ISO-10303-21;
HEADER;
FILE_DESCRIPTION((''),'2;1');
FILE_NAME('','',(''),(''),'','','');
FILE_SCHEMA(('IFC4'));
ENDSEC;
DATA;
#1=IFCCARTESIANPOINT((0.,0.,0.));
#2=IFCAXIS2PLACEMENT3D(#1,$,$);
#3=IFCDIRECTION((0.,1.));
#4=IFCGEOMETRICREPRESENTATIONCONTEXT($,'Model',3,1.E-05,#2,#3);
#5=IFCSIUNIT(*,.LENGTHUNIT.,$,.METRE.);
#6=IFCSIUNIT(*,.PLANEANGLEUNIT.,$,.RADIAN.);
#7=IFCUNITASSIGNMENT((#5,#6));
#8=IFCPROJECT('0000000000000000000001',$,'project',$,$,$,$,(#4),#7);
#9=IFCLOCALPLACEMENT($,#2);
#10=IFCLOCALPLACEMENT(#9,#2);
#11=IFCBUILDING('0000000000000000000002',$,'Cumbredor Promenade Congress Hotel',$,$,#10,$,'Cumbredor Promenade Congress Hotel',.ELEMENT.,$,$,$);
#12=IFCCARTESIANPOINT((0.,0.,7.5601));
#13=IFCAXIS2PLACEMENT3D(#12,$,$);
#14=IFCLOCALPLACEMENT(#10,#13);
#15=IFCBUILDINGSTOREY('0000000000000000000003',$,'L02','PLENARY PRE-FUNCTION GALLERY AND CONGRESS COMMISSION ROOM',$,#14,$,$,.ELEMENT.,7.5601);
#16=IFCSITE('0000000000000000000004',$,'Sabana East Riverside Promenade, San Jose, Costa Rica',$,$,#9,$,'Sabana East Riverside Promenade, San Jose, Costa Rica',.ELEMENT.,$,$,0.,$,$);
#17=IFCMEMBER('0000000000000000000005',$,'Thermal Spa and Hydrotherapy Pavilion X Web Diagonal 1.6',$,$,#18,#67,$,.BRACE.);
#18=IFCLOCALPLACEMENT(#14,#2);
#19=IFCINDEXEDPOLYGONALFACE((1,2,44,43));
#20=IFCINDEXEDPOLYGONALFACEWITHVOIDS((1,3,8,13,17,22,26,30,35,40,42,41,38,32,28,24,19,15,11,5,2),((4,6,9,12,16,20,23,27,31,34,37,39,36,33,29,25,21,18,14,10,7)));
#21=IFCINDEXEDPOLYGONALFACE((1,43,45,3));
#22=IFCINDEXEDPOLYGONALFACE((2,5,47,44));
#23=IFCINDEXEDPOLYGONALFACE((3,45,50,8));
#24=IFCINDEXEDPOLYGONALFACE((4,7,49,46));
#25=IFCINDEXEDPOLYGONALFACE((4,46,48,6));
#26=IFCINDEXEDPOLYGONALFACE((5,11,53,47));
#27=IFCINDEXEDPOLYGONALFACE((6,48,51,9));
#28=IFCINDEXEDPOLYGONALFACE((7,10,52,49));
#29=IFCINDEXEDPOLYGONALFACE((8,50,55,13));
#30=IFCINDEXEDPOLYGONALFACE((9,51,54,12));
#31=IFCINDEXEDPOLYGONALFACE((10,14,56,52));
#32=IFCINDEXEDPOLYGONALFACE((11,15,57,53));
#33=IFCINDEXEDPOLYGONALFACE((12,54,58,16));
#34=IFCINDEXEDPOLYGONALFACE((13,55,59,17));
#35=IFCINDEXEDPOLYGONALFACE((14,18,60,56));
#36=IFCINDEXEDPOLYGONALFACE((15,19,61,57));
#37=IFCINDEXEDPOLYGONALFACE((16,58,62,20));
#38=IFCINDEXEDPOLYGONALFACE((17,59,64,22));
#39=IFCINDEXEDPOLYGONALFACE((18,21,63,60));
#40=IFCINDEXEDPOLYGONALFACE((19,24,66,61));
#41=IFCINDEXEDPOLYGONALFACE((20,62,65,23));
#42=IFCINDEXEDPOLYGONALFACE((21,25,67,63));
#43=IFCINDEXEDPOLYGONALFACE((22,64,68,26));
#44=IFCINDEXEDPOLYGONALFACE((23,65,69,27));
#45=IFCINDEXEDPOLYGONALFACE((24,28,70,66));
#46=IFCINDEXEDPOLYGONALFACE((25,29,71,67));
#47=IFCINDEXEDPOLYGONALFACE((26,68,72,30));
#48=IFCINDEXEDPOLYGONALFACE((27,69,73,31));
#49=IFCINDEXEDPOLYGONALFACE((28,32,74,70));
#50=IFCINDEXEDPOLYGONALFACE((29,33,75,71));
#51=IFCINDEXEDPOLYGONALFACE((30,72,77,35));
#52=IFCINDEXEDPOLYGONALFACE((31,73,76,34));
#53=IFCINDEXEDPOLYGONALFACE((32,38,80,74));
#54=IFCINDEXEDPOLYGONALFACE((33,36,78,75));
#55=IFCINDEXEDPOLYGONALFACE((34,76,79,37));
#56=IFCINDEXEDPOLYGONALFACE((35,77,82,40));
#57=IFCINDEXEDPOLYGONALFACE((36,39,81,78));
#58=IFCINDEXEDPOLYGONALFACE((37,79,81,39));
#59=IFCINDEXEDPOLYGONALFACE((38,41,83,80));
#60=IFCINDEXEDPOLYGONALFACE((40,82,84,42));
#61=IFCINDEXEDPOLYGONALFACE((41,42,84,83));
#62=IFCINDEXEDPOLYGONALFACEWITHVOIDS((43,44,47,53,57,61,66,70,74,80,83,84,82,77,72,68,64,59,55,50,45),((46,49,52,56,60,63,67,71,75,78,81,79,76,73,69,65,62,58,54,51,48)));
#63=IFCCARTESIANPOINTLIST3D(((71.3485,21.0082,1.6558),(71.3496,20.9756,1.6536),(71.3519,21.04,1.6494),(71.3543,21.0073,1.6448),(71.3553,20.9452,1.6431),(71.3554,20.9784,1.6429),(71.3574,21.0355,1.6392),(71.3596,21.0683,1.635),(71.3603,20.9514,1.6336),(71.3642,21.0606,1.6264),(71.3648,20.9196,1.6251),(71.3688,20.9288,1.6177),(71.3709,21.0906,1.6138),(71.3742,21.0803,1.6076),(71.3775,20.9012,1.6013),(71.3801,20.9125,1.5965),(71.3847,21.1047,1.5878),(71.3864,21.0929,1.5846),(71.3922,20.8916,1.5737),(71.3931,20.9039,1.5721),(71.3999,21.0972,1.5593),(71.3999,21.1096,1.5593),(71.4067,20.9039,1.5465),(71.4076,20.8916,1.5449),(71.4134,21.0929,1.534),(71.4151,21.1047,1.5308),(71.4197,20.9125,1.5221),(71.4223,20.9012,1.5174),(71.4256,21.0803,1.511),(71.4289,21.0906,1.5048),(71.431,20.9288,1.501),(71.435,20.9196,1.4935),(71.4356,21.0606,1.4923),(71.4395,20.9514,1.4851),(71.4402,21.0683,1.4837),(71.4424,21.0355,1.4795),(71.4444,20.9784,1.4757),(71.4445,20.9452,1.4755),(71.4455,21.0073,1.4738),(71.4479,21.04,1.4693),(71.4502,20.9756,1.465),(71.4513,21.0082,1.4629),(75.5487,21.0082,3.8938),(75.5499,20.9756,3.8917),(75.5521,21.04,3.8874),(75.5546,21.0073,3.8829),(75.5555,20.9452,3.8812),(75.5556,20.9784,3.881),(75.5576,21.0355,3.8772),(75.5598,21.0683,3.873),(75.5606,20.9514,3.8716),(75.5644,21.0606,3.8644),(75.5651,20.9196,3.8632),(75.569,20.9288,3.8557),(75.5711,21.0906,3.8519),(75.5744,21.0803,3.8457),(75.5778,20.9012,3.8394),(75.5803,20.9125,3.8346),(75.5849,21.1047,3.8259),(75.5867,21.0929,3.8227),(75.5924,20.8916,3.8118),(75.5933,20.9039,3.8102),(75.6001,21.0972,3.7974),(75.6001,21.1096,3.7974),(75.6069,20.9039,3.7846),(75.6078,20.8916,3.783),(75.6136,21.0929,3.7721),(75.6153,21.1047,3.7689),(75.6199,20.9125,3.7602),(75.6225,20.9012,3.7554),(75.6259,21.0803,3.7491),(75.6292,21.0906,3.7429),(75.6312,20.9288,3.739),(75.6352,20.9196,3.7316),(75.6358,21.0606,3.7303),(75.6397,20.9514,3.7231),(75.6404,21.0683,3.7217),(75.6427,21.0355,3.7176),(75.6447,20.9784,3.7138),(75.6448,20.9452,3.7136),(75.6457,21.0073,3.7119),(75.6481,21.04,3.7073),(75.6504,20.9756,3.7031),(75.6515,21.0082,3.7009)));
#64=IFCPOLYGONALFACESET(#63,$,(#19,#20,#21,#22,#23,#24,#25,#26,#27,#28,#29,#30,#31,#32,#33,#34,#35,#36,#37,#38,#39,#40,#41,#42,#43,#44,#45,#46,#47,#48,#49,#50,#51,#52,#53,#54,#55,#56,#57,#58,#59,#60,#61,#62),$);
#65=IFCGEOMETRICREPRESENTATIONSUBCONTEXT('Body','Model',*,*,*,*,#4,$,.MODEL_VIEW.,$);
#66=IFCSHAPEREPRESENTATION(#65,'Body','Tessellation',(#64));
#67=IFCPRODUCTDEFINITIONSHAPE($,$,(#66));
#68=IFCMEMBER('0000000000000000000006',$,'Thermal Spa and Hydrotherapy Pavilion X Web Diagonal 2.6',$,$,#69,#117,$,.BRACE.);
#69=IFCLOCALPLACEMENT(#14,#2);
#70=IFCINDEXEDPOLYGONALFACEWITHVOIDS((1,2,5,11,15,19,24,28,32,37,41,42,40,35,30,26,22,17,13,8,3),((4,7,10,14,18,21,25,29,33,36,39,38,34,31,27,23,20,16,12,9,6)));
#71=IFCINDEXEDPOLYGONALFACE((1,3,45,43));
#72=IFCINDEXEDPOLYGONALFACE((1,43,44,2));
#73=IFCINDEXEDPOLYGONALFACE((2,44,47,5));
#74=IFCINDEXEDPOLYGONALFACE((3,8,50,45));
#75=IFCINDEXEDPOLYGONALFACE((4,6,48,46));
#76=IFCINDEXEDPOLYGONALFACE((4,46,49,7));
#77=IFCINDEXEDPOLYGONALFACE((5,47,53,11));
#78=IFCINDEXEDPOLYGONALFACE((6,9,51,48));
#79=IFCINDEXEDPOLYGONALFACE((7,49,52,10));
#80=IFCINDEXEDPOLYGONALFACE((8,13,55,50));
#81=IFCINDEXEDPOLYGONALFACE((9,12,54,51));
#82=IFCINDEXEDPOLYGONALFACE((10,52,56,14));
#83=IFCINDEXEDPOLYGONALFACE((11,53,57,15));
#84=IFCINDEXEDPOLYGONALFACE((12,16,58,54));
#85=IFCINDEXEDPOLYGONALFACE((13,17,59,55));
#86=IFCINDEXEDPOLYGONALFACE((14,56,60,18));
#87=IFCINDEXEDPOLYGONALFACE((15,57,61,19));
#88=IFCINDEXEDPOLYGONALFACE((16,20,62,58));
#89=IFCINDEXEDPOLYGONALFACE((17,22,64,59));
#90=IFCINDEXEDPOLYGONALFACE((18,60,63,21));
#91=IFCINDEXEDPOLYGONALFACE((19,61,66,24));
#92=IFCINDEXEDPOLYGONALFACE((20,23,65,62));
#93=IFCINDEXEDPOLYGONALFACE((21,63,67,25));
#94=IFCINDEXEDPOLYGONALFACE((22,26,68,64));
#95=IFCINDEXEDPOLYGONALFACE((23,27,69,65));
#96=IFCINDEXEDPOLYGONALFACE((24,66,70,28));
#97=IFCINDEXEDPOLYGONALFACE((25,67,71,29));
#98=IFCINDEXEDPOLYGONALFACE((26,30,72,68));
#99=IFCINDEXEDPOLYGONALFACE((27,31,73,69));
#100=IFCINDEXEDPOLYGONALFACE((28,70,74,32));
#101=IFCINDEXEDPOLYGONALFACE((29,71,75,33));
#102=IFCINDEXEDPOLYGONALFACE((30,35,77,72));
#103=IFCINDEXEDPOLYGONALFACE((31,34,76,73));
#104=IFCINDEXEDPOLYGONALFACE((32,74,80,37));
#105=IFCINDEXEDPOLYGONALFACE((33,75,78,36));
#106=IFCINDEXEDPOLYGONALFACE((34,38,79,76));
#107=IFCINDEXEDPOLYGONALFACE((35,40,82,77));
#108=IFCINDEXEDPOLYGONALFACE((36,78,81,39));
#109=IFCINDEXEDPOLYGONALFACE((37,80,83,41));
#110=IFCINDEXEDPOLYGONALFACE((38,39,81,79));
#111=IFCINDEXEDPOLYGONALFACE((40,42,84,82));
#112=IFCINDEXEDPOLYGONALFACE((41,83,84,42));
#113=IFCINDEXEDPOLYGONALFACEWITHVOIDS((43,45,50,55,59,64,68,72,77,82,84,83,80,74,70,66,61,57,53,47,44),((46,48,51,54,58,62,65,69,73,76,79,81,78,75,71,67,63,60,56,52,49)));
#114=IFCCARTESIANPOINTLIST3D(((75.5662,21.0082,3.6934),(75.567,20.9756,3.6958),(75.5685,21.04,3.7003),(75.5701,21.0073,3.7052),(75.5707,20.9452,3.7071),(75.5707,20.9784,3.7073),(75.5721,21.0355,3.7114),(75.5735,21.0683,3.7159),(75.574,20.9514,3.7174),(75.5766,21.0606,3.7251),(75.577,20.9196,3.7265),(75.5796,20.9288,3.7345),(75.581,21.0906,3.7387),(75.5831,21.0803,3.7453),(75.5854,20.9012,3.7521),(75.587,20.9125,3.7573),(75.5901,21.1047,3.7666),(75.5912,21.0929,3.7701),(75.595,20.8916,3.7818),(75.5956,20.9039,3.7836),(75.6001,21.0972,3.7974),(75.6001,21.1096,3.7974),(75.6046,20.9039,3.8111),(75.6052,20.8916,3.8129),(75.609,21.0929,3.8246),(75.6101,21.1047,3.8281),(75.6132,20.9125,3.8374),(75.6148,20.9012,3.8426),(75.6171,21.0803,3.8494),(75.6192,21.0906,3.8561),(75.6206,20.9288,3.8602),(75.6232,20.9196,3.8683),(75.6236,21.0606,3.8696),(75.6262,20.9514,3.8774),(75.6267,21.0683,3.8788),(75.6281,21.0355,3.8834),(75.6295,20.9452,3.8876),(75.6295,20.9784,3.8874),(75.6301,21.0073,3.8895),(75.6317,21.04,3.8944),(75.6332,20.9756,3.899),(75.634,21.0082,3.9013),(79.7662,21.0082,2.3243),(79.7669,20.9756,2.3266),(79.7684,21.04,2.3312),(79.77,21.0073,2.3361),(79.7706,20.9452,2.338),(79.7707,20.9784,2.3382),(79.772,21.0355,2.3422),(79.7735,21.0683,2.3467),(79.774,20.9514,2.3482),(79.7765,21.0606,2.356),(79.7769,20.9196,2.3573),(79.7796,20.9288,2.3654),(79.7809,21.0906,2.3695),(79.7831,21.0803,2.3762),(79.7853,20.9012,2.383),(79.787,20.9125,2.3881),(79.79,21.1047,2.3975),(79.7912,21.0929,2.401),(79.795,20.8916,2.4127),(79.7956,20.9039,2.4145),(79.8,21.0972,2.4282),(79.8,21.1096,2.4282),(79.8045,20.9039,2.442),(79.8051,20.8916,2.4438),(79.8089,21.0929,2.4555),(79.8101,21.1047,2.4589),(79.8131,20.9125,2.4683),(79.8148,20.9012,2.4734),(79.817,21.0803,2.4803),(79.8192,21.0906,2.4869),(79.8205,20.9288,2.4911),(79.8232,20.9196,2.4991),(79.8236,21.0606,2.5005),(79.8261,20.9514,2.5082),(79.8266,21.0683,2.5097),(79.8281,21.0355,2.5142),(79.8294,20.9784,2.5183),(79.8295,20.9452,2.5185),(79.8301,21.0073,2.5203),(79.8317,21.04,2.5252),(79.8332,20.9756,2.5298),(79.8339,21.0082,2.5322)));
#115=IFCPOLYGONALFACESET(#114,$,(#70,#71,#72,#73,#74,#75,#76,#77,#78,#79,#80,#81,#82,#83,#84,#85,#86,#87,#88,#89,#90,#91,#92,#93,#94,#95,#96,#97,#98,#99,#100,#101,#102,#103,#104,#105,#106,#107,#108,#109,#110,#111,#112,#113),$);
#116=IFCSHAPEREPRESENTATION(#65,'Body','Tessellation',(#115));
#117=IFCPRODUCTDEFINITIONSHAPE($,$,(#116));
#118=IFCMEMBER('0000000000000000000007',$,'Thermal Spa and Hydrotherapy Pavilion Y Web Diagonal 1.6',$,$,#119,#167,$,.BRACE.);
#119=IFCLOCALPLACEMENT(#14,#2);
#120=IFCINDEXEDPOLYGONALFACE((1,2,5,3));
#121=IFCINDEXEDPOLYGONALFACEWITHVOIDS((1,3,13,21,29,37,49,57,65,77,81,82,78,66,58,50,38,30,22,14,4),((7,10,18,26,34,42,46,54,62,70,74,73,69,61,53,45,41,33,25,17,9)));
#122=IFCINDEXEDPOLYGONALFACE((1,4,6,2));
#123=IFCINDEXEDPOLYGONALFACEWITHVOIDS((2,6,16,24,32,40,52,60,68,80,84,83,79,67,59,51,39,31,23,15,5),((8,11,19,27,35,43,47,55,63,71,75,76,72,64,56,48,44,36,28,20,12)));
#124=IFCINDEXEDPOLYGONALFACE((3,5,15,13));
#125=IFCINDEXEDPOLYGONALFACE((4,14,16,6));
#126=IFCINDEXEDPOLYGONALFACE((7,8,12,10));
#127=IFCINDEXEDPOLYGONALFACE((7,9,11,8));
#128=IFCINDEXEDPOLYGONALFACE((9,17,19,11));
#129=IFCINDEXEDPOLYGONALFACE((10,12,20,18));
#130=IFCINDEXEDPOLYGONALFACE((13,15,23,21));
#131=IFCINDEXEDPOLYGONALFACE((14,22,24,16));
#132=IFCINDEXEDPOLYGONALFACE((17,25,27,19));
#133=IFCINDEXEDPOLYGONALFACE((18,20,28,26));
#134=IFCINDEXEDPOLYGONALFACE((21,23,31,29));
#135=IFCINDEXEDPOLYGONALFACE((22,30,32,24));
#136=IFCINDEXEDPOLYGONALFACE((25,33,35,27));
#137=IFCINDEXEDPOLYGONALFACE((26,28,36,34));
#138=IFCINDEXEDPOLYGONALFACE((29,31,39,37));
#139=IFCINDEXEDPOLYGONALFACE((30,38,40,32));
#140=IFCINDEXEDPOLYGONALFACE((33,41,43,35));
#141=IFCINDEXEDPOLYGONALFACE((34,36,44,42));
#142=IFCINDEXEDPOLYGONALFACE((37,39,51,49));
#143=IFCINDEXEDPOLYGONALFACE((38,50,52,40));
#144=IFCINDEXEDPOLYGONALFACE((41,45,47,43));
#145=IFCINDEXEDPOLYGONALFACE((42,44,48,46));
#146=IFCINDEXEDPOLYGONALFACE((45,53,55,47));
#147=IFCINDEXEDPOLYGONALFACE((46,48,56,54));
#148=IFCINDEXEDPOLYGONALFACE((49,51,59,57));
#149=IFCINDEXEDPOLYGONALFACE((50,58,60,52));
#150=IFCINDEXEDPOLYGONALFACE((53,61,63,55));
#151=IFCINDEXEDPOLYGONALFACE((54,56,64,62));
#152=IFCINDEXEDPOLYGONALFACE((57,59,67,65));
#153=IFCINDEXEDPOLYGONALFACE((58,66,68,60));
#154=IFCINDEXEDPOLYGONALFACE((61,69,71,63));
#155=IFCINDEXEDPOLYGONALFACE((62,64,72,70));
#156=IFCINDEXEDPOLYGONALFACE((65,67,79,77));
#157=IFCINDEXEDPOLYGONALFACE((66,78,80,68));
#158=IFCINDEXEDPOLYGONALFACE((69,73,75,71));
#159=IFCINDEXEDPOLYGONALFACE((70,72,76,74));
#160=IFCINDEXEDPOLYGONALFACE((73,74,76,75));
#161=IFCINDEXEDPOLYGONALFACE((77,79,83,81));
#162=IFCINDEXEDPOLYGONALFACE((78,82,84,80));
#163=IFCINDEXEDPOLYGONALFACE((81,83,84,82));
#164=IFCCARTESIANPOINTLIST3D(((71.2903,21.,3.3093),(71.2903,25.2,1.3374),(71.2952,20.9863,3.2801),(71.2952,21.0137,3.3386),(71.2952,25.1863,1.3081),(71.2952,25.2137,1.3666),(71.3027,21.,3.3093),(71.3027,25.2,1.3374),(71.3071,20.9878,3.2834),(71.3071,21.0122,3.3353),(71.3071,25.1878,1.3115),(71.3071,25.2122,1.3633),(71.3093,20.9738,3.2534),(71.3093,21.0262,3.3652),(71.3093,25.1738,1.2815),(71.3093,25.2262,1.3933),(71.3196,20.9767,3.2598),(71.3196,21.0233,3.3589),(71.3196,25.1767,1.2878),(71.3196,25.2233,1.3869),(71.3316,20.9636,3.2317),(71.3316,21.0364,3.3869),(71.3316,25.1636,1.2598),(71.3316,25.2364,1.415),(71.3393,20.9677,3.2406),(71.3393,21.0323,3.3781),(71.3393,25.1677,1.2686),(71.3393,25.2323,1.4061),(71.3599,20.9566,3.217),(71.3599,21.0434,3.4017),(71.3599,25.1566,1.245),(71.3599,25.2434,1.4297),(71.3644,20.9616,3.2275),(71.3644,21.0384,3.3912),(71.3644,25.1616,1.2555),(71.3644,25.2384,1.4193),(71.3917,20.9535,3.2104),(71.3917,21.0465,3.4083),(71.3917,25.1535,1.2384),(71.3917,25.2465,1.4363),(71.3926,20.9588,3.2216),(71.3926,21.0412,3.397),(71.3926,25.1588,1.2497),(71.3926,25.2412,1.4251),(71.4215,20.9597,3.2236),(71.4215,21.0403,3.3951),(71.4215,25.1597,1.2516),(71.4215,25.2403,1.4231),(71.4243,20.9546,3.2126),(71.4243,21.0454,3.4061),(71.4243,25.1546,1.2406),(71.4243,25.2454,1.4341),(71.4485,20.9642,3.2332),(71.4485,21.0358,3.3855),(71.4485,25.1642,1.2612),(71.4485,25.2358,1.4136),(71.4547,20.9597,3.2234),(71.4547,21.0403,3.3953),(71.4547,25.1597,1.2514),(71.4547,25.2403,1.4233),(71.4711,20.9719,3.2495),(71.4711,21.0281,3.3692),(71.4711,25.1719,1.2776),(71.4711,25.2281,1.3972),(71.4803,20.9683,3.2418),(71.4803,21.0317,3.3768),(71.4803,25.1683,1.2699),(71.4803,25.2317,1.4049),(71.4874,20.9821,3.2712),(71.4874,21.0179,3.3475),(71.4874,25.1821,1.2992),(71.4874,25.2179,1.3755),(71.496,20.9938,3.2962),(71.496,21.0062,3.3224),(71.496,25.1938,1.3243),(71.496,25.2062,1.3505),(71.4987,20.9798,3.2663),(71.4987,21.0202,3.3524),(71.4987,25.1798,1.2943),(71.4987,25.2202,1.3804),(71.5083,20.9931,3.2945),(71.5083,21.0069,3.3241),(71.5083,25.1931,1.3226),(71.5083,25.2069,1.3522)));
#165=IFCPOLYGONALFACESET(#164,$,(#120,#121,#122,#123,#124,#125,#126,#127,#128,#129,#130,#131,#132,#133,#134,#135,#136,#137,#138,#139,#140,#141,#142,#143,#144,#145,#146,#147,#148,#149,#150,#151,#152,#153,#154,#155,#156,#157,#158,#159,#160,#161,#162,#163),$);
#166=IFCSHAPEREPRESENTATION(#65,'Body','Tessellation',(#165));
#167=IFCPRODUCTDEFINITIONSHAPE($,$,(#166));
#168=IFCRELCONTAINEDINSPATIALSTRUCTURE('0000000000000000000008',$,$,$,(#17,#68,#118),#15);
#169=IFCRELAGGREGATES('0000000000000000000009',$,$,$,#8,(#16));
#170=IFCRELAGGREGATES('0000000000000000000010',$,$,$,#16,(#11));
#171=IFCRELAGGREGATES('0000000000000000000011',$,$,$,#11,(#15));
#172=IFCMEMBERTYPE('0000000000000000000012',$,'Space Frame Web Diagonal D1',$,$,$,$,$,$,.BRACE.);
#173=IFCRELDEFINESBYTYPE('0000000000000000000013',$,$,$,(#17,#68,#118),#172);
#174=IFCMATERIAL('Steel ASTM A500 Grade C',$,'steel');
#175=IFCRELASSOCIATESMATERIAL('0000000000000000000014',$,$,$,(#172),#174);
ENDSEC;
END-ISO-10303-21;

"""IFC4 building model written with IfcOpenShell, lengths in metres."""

from ifc_helpers import new_model, si_unit, direction, frame, origin, origin_2d, place, context, subcontext, project, spatial, hollow_circle, extrude, material, material_profile, profile_set, type_object, element, save


model = new_model("IFC4")

# Units and contexts
model_context = context("Model", 3, precision=1e-05, world=origin(), true_north=direction((0.0, 1.0)))
body_context = subcontext(model_context, "Body", "Model", "MODEL_VIEW")
ifc_project = project(units=[si_unit("LENGTHUNIT", "METRE"), si_unit("PLANEANGLEUNIT", "RADIAN")], contexts=[model_context])

# Site, building, storey
site_placement = place(None, origin())
site = spatial("IfcSite", under=ifc_project, at=site_placement, Name="Sabana East Riverside Promenade, San Jose, Costa Rica", LongName="Sabana East Riverside Promenade, San Jose, Costa Rica", CompositionType="ELEMENT", RefElevation=0.0)
building_placement = place(site_placement, origin())
building = spatial("IfcBuilding", under=site, at=building_placement, Name="Cumbredor Promenade Congress Hotel", LongName="Cumbredor Promenade Congress Hotel", CompositionType="ELEMENT")
storey_placement = place(building_placement, frame((0.0, 0.0, 7.5601)))
storey = spatial("IfcBuildingStorey", under=building, at=storey_placement, Name="L02", Description="PLENARY PRE-FUNCTION GALLERY AND CONGRESS COMMISSION ROOM", CompositionType="ELEMENT", Elevation=7.5601)

# Members
ifc_material_1 = material(Name="Steel ASTM A500 Grade C", Category="steel")
ifc_material_profile_1 = material_profile(ifc_material_1, hollow_circle(Radius=0.1096, WallThickness=0.0125, at=origin_2d()), Name="CHS 219.1x12.5")
ifc_profile_set_1 = profile_set([ifc_material_profile_1], Name="Steel ASTM A500 Grade C")
member_type_1 = type_object("IfcMemberType", Name="Space Frame Web Diagonal D1", PredefinedType="BRACE", material=ifc_profile_set_1)
member_1_placement = place(storey_placement, frame((71.3999, 21.0, 1.5593), z_axis=(0.882533, 0.0, 0.47025), x_axis=(0.0, 1.0, 0.0)))
element("IfcMember", 1, at=member_1_placement, inside=storey, type_object=member_type_1, Name="Thermal Spa and Hydrotherapy Pavilion X Web Diagonal 1.6", PredefinedType="BRACE", context=body_context, shape_type="SweptSolid", body=[
    extrude(hollow_circle(Radius=0.1096, WallThickness=0.0125, at=origin_2d()), origin(), (0.0, 0.0, 1.0), 4.7593),
])
member_2_placement = place(storey_placement, frame((75.6001, 21.0, 3.7974), z_axis=(0.950757, 0.0, -0.309937), x_axis=(0.0, 1.0, 0.0)))
element("IfcMember", 2, at=member_2_placement, inside=storey, type_object=member_type_1, Name="Thermal Spa and Hydrotherapy Pavilion X Web Diagonal 2.6", PredefinedType="BRACE", context=body_context, shape_type="SweptSolid", body=[
    extrude(hollow_circle(Radius=0.1096, WallThickness=0.0125, at=origin_2d()), origin(), (0.0, 0.0, 1.0), 4.4175),
])
member_3_placement = place(storey_placement, frame((71.3999, 21.0, 3.3093), z_axis=(0.0, 0.905194, -0.424999), x_axis=(-1.0, 0.0, 0.0)))
element("IfcMember", 3, at=member_3_placement, inside=storey, type_object=member_type_1, Name="Thermal Spa and Hydrotherapy Pavilion Y Web Diagonal 1.6", PredefinedType="BRACE", context=body_context, shape_type="SweptSolid", body=[
    extrude(hollow_circle(Radius=0.1096, WallThickness=0.0125, at=origin_2d()), origin(), (0.0, 0.0, 1.0), 4.6399),
])

save(model, "model.ifc")
